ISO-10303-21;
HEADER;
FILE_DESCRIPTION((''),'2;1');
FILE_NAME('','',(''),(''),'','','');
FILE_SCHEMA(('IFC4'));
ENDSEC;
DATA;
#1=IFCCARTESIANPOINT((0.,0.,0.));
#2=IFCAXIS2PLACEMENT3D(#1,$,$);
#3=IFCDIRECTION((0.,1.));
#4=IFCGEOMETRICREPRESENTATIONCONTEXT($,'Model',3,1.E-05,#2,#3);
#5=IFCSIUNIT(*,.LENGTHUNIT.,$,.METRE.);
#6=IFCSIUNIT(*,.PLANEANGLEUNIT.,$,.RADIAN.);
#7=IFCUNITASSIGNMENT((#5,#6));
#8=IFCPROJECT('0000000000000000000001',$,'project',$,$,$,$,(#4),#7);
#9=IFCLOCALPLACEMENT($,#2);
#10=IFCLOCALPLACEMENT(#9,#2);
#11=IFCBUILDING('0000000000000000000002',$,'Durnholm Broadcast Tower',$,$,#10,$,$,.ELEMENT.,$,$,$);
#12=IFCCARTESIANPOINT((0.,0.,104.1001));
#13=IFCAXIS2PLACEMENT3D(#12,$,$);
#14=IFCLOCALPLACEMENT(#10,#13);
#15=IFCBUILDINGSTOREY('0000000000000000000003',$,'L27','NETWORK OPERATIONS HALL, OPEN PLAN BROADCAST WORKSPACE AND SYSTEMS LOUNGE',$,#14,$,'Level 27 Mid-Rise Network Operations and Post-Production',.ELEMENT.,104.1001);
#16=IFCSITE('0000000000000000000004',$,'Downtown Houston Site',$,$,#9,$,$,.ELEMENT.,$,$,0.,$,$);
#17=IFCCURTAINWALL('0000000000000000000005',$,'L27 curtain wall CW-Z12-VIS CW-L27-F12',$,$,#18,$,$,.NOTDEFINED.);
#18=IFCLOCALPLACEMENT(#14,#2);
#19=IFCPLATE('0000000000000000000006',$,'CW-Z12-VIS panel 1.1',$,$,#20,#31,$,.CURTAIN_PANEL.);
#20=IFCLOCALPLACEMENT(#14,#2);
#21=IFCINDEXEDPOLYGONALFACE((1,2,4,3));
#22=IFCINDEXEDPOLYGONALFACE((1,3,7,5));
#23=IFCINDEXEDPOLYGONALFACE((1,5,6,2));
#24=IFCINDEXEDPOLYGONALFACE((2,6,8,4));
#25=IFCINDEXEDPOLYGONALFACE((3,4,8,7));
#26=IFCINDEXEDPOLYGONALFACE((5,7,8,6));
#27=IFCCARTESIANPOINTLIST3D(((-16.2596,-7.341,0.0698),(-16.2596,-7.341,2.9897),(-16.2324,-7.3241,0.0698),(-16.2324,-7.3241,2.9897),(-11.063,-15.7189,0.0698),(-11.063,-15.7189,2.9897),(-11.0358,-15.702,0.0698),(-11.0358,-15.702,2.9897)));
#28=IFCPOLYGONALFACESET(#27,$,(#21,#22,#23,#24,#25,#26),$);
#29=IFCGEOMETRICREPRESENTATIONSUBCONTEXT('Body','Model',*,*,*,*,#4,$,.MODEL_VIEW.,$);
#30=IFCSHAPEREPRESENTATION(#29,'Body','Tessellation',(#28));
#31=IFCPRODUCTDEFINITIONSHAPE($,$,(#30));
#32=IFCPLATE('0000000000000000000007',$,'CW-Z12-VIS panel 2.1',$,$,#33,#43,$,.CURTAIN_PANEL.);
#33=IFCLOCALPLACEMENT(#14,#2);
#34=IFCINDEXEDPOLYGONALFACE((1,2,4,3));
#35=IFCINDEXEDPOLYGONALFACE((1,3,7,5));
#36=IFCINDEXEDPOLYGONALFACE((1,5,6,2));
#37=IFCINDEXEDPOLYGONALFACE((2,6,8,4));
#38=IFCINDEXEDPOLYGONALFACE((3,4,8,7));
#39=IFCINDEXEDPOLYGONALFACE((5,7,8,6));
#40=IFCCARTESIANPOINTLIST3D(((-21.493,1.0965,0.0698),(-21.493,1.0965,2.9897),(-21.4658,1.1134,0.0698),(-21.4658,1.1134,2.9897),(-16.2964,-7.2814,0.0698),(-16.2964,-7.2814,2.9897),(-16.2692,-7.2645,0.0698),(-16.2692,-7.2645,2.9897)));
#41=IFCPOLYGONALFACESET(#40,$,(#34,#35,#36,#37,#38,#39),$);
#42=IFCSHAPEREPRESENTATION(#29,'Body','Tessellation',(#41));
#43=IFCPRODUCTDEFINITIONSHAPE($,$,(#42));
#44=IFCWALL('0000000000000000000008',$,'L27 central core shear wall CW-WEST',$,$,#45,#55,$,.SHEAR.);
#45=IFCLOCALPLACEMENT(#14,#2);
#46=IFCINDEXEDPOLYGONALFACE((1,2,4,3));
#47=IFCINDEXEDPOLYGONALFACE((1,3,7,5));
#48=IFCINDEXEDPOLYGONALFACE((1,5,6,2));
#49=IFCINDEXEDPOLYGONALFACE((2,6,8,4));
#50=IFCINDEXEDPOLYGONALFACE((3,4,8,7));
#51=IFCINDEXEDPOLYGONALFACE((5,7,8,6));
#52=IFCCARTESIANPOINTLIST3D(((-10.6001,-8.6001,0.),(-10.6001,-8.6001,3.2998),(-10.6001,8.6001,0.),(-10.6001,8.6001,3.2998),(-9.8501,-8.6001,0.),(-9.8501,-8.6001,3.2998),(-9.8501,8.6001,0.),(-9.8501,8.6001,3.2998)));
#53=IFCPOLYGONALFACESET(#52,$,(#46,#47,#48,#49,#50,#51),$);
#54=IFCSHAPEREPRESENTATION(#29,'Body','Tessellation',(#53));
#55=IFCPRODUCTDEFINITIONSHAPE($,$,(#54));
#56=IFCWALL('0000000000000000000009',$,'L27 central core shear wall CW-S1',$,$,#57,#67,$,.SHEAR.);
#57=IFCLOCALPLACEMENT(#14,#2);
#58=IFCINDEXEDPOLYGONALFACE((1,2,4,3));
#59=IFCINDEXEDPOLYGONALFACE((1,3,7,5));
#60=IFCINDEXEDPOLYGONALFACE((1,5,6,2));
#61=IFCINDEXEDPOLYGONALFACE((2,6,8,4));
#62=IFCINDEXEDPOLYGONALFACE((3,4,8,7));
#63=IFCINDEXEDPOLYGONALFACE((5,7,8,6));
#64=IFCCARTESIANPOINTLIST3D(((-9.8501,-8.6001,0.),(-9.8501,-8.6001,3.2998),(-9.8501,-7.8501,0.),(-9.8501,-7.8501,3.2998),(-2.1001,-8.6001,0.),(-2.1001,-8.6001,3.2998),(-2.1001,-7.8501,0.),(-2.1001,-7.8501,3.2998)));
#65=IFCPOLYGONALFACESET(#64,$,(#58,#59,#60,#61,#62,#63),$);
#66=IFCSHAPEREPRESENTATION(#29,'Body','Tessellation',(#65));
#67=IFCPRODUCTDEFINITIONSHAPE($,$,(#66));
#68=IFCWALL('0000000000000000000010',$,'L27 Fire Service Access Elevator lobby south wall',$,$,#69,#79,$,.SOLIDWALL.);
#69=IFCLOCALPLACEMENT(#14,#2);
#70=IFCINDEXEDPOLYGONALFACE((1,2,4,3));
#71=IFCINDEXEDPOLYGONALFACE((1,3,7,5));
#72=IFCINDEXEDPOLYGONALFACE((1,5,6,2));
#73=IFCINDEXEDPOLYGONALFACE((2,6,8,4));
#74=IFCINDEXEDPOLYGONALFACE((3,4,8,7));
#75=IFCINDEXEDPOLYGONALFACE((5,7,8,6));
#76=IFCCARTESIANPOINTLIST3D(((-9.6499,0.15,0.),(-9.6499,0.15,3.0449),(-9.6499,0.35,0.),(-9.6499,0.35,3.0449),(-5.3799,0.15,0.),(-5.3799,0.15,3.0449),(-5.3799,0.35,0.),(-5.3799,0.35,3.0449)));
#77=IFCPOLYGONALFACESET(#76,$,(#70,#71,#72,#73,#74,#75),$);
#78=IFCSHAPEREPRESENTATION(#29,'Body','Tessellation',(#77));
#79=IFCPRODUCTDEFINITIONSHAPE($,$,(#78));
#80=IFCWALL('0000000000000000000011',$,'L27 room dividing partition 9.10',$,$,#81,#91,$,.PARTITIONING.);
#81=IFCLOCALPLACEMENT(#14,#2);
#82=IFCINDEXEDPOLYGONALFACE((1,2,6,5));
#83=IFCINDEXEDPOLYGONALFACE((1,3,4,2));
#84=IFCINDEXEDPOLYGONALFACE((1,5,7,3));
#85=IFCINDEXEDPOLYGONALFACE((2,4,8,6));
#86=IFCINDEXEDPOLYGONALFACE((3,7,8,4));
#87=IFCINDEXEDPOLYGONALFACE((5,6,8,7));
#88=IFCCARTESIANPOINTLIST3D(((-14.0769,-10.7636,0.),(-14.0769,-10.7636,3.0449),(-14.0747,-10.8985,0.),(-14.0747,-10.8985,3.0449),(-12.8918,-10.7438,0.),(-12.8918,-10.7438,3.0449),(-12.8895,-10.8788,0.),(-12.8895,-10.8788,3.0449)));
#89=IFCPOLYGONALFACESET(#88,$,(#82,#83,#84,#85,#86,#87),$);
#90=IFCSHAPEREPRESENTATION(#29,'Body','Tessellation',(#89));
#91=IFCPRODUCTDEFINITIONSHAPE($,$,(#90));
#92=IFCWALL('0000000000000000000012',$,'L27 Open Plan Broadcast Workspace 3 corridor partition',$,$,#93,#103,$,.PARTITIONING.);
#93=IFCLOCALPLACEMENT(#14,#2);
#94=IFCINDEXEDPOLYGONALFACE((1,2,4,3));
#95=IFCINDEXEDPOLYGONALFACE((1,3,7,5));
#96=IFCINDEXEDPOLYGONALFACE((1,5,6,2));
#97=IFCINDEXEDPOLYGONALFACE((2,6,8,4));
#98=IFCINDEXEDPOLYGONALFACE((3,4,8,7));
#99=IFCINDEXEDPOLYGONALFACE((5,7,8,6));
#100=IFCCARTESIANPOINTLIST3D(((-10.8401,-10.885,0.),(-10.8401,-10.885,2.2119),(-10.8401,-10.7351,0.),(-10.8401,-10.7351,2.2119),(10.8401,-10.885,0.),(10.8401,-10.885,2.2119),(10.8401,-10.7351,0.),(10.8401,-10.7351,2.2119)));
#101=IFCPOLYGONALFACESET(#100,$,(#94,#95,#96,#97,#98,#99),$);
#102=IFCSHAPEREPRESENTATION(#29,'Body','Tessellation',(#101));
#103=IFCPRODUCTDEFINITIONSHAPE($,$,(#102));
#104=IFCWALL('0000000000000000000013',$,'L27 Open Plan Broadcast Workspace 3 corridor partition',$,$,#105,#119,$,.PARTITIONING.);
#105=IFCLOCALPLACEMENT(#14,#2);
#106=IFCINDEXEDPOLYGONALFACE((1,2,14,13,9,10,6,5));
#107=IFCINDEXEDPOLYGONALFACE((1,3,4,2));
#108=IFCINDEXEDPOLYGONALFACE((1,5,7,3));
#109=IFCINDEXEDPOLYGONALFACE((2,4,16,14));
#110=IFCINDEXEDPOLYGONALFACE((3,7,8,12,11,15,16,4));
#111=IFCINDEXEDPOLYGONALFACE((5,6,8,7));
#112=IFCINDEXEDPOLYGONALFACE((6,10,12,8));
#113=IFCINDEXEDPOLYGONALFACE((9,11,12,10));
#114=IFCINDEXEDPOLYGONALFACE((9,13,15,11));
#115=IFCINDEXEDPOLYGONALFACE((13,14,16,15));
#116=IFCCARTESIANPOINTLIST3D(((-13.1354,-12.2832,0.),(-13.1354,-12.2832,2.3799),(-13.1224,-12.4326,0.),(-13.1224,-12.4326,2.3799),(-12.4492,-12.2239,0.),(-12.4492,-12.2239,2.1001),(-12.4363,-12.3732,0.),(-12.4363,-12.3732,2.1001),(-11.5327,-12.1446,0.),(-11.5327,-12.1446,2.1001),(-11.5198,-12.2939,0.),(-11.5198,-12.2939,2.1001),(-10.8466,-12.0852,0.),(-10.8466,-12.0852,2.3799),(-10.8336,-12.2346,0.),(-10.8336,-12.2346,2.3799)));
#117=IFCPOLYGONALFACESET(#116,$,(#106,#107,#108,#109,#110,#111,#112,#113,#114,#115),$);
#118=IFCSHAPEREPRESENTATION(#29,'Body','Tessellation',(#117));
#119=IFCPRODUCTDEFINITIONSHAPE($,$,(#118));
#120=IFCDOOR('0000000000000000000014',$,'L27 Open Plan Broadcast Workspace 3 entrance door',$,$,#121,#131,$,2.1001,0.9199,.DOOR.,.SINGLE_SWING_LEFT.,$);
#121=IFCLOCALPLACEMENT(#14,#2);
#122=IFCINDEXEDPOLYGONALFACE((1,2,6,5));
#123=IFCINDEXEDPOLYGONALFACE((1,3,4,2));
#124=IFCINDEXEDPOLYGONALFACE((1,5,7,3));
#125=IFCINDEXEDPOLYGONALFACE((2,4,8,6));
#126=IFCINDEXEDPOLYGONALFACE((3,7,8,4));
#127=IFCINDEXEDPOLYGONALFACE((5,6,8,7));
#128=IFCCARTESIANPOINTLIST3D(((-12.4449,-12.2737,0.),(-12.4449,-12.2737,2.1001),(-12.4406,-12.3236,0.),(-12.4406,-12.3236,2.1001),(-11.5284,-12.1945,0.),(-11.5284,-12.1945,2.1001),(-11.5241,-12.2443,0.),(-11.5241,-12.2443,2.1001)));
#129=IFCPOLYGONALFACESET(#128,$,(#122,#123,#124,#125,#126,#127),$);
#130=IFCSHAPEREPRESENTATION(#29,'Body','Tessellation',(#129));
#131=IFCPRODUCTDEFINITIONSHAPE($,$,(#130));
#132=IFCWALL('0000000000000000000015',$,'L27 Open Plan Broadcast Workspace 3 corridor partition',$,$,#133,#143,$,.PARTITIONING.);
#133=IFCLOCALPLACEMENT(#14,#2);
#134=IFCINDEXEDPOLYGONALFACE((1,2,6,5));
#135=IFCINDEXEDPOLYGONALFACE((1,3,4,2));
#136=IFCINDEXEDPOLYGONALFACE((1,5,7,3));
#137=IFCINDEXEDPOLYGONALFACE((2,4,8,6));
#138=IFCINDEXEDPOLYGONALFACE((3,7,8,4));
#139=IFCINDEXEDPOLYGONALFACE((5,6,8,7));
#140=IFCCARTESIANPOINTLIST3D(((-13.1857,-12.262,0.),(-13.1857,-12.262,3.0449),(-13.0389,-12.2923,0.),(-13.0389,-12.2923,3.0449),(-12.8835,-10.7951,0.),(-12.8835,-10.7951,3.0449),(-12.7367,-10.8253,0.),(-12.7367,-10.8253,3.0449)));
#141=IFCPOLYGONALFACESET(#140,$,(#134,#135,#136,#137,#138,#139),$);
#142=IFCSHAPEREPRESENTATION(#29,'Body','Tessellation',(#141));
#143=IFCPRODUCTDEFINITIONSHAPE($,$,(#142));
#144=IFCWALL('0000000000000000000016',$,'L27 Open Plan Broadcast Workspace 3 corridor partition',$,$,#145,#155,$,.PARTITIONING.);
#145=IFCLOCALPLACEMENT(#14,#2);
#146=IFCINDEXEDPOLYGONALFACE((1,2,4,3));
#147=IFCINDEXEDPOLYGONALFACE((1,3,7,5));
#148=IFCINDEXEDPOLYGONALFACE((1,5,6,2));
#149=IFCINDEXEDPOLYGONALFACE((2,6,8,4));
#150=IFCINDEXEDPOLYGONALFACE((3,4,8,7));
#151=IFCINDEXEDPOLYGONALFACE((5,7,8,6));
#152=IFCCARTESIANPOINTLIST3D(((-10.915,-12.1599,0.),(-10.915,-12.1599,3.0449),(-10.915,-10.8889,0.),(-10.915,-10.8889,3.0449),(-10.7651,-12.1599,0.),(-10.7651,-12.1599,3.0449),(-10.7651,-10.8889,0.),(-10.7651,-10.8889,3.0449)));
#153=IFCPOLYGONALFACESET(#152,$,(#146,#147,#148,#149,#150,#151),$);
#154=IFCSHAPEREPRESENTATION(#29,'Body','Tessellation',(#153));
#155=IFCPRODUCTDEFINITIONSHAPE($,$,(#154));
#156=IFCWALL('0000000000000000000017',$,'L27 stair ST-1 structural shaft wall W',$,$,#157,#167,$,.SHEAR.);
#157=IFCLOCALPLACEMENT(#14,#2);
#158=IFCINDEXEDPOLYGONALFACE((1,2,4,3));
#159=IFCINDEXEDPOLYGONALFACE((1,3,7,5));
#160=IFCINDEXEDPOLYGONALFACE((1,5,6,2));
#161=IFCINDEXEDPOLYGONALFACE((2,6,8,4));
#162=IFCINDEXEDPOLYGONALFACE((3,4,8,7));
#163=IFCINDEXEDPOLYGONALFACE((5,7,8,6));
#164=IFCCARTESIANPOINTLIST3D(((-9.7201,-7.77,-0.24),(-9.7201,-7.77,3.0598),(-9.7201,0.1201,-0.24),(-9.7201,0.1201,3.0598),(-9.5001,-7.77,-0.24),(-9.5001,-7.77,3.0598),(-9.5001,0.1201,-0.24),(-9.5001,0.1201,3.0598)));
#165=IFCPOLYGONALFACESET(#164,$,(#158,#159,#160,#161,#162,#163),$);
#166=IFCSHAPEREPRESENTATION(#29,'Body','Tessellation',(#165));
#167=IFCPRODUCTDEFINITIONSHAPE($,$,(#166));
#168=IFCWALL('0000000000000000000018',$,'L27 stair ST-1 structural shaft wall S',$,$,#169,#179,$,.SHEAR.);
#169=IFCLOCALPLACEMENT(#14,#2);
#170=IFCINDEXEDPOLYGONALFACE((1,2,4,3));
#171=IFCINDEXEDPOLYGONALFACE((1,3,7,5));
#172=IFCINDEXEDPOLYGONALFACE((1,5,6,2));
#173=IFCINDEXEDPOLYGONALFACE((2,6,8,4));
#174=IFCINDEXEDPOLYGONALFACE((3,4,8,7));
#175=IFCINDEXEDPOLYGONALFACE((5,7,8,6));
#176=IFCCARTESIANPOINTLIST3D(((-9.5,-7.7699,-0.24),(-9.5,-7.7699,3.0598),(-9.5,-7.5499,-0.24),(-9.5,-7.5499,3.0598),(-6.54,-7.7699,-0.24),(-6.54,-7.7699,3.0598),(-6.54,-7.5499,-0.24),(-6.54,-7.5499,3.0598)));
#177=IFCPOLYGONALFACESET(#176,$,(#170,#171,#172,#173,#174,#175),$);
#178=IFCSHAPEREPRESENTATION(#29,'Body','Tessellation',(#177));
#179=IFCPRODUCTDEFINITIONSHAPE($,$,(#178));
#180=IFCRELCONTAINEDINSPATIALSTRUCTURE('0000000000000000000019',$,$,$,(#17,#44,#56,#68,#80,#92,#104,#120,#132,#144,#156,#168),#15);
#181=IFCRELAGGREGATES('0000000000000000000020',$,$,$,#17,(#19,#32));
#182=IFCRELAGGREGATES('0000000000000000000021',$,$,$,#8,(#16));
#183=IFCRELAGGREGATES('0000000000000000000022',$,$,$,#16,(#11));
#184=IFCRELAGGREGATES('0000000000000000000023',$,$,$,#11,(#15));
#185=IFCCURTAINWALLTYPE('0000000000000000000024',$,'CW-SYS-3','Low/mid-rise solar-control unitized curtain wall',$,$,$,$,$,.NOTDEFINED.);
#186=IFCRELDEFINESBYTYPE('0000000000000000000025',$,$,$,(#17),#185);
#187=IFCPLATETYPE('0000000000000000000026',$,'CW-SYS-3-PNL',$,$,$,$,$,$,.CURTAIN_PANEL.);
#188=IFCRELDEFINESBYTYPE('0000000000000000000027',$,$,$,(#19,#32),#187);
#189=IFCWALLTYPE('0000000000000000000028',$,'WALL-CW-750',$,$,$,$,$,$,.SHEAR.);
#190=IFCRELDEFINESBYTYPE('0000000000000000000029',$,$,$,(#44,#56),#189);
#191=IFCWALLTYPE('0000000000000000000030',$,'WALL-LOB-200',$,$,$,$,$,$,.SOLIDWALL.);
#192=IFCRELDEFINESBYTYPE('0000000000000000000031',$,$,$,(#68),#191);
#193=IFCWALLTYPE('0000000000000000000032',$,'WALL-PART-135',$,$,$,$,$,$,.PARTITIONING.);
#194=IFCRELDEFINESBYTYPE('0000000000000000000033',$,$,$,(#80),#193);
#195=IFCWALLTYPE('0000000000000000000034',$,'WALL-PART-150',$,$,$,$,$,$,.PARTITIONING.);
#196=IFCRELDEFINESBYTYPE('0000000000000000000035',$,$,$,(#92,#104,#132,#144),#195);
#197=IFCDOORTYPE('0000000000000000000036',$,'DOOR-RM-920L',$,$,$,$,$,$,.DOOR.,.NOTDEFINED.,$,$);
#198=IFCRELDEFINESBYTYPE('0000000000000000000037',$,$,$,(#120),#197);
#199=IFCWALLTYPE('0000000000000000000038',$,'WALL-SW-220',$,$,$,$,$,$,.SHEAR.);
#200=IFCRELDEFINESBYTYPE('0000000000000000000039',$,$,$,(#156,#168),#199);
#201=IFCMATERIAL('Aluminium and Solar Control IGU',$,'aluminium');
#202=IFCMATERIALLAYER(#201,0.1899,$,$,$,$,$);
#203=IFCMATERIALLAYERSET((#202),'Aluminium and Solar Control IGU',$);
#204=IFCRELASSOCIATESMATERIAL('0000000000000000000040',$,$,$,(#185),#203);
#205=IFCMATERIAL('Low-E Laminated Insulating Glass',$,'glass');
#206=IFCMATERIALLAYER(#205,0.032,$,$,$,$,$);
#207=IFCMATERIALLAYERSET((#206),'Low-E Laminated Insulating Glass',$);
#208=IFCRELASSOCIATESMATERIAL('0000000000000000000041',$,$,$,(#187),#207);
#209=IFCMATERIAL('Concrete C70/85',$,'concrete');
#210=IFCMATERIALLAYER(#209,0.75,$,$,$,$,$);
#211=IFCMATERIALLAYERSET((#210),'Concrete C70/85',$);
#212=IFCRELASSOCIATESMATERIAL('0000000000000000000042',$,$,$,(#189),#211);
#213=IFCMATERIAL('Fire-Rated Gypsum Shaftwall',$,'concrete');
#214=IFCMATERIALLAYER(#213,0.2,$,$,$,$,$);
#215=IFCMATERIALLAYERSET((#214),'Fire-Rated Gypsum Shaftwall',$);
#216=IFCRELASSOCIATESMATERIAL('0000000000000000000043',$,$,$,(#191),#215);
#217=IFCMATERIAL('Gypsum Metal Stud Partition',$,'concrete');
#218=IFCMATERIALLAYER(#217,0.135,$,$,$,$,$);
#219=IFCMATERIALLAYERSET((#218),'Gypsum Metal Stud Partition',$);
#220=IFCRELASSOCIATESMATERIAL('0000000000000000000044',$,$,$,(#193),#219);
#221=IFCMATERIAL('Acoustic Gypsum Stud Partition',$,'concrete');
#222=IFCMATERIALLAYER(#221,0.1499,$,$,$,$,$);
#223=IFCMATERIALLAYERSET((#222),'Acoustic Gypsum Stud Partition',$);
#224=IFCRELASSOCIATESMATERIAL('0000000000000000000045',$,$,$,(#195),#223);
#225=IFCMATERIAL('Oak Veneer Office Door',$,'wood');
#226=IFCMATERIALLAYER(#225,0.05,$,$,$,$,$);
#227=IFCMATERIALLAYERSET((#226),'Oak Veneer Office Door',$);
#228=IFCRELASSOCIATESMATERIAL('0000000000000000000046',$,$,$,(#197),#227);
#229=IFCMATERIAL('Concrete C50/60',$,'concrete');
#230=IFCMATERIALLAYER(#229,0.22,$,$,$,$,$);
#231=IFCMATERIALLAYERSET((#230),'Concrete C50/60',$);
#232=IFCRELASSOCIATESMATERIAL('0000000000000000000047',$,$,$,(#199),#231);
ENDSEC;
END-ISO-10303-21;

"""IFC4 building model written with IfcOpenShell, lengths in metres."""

from ifc_helpers import new_model, si_unit, direction, frame, frame_2d, origin, origin_2d, place, context, subcontext, project, spatial, rectangle, extrude, source, transform, mapped, material, layer, layer_set, type_object, type_shapes, element, fill, aggregate, save


model = new_model("IFC4")

# Units and contexts
model_context = context("Model", 3, precision=1e-05, world=origin(), true_north=direction((0.0, 1.0)))
body_context = subcontext(model_context, "Body", "Model", "MODEL_VIEW")
ifc_project = project(units=[si_unit("LENGTHUNIT", "METRE"), si_unit("PLANEANGLEUNIT", "RADIAN")], contexts=[model_context])

# Site, building, storey
site_placement = place(None, origin())
site = spatial("IfcSite", under=ifc_project, at=site_placement, Name="Downtown Houston Site", CompositionType="ELEMENT", RefElevation=0.0)
building_placement = place(site_placement, origin())
building = spatial("IfcBuilding", under=site, at=building_placement, Name="Durnholm Broadcast Tower", CompositionType="ELEMENT")
storey_placement = place(building_placement, frame((0.0, 0.0, 104.1001)))
storey = spatial("IfcBuildingStorey", under=building, at=storey_placement, Name="L27", Description="NETWORK OPERATIONS HALL, OPEN PLAN BROADCAST WORKSPACE AND SYSTEMS LOUNGE", LongName="Level 27 Mid-Rise Network Operations and Post-Production", CompositionType="ELEMENT", Elevation=104.1001)

# Shared definitions
ifc_material_1 = material(Name="Concrete C70/85", Category="concrete")

# Shared definitions
ifc_material_2 = material(Name="Aluminium and Solar Control IGU", Category="aluminium")

# Curtain wall
ifc_layer_1 = layer(ifc_material_2, 0.1899)
ifc_layer_set_1 = layer_set([ifc_layer_1], Name="Aluminium and Solar Control IGU")
curtain_wall_type_1 = type_object("IfcCurtainWallType", Name="CW-SYS-3", Description="Low/mid-rise solar-control unitized curtain wall", PredefinedType="NOTDEFINED", material=ifc_layer_set_1)
curtain_wall_1_placement = place(storey_placement, origin())
curtain_wall_1 = element("IfcCurtainWall", 1, at=curtain_wall_1_placement, inside=storey, type_object=curtain_wall_type_1, Name="L27 curtain wall CW-Z12-VIS CW-L27-F12", PredefinedType="NOTDEFINED")

# Plates
ifc_material_3 = material(Name="Low-E Laminated Insulating Glass", Category="glass")
ifc_layer_2 = layer(ifc_material_3, 0.032)
ifc_layer_set_2 = layer_set([ifc_layer_2], Name="Low-E Laminated Insulating Glass")
plate_type_1 = type_object("IfcPlateType", Name="CW-SYS-3-PNL", PredefinedType="CURTAIN_PANEL", material=ifc_layer_set_2)
shared_shape_1 = source(origin(), body_context, "Body", "SweptSolid", [
    extrude(rectangle(XDim=9.8586, YDim=0.032, at=origin_2d()), origin(), (0.0, 0.0, 1.0), 2.9199),
])
type_shapes(plate_type_1, [shared_shape_1])
plate_1_placement = place(storey_placement, frame((-13.6477, -11.5215, 0.0698), z_axis=(0.0, 0.0, 1.0), x_axis=(-0.527105, 0.8498, 0.0)))
plate_1 = element("IfcPlate", 2, at=plate_1_placement, type_object=plate_type_1, Name="CW-Z12-VIS panel 1.1", PredefinedType="CURTAIN_PANEL", context=body_context, shape_type="MappedRepresentation", body=[
    mapped(shared_shape_1, transform((0.0, 0.0, 0.0), x_axis=(1.0, 0.0, 0.0), y_axis=(0.0, 1.0, 0.0), z_axis=(0.0, 0.0, 1.0), scale=1.0)),
])
plate_2_placement = place(storey_placement, frame((-18.8811, -3.084, 0.0698), z_axis=(0.0, 0.0, 1.0), x_axis=(-0.527105, 0.8498, 0.0)))
plate_2 = element("IfcPlate", 3, at=plate_2_placement, type_object=plate_type_1, Name="CW-Z12-VIS panel 2.1", PredefinedType="CURTAIN_PANEL", context=body_context, shape_type="MappedRepresentation", body=[
    mapped(shared_shape_1, transform((0.0, 0.0, 0.0), x_axis=(1.0, 0.0, 0.0), y_axis=(0.0, 1.0, 0.0), z_axis=(0.0, 0.0, 1.0), scale=1.0)),
])
aggregate(curtain_wall_1, [plate_1, plate_2])

# Walls
ifc_layer_3 = layer(ifc_material_1, 0.75)
ifc_layer_set_3 = layer_set([ifc_layer_3], Name="Concrete C70/85")
wall_type_1 = type_object("IfcWallType", Name="WALL-CW-750", PredefinedType="SHEAR", material=ifc_layer_set_3)
wall_1_placement = place(storey_placement, frame((-10.2251, -8.6001, 0.0), z_axis=(0.0, 0.0, 1.0), x_axis=(0.0, 1.0, 0.0)))
element("IfcWall", 4, at=wall_1_placement, inside=storey, type_object=wall_type_1, Name="L27 central core shear wall CW-WEST", PredefinedType="SHEAR", context=body_context, shape_type="SweptSolid", body=[
    extrude(rectangle(XDim=17.2002, YDim=0.75, at=frame_2d((8.6001, 0.0))), origin(), (0.0, 0.0, 1.0), 3.2998),
])
wall_2_placement = place(storey_placement, frame((-9.8501, -8.2251, 0.0), z_axis=(0.0, 0.0, 1.0), x_axis=(1.0, 0.0, 0.0)))
element("IfcWall", 5, at=wall_2_placement, inside=storey, type_object=wall_type_1, Name="L27 central core shear wall CW-S1", PredefinedType="SHEAR", context=body_context, shape_type="SweptSolid", body=[
    extrude(rectangle(XDim=7.75, YDim=0.75, at=frame_2d((3.875, 0.0))), origin(), (0.0, 0.0, 1.0), 3.2998),
])
ifc_material_4 = material(Name="Fire-Rated Gypsum Shaftwall", Category="concrete")
ifc_layer_4 = layer(ifc_material_4, 0.2)
ifc_layer_set_4 = layer_set([ifc_layer_4], Name="Fire-Rated Gypsum Shaftwall")
wall_type_2 = type_object("IfcWallType", Name="WALL-LOB-200", PredefinedType="SOLIDWALL", material=ifc_layer_set_4)
wall_3_placement = place(storey_placement, frame((-9.6499, 0.25, 0.0), z_axis=(0.0, 0.0, 1.0), x_axis=(1.0, 0.0, 0.0)))
element("IfcWall", 6, at=wall_3_placement, inside=storey, type_object=wall_type_2, Name="L27 Fire Service Access Elevator lobby south wall", PredefinedType="SOLIDWALL", context=body_context, shape_type="SweptSolid", body=[
    extrude(rectangle(XDim=4.27, YDim=0.2, at=frame_2d((2.135, 0.0))), origin(), (0.0, 0.0, 1.0), 3.0449),
])
ifc_material_5 = material(Name="Gypsum Metal Stud Partition", Category="concrete")
ifc_layer_5 = layer(ifc_material_5, 0.135)
ifc_layer_set_5 = layer_set([ifc_layer_5], Name="Gypsum Metal Stud Partition")
wall_type_3 = type_object("IfcWallType", Name="WALL-PART-135", PredefinedType="PARTITIONING", material=ifc_layer_set_5)
wall_4_placement = place(storey_placement, frame((-14.0759, -10.8311, 0.0), z_axis=(0.0, 0.0, 1.0), x_axis=(0.999861, 0.016685, 0.0)))
element("IfcWall", 7, at=wall_4_placement, inside=storey, type_object=wall_type_3, Name="L27 room dividing partition 9.10", PredefinedType="PARTITIONING", context=body_context, shape_type="SweptSolid", body=[
    extrude(rectangle(XDim=1.1853, YDim=0.135, at=frame_2d((0.5928, 0.0))), origin(), (0.0, 0.0, 1.0), 3.0449),
])
ifc_material_6 = material(Name="Acoustic Gypsum Stud Partition", Category="concrete")
ifc_layer_6 = layer(ifc_material_6, 0.1499)
ifc_layer_set_6 = layer_set([ifc_layer_6], Name="Acoustic Gypsum Stud Partition")
wall_type_4 = type_object("IfcWallType", Name="WALL-PART-150", PredefinedType="PARTITIONING", material=ifc_layer_set_6)
wall_5_placement = place(storey_placement, frame((-10.8401, -10.8101, 0.0), z_axis=(0.0, 0.0, 1.0), x_axis=(1.0, 0.0, 0.0)))
element("IfcWall", 8, at=wall_5_placement, inside=storey, type_object=wall_type_4, Name="L27 Open Plan Broadcast Workspace 3 corridor partition", PredefinedType="PARTITIONING", context=body_context, shape_type="SweptSolid", body=[
    extrude(rectangle(XDim=21.6802, YDim=0.1499, at=frame_2d((10.8401, 0.0))), origin(), (0.0, 0.0, 1.0), 2.2119),
])

# Wall, opening, door
wall_6_placement = place(storey_placement, frame((-13.1289, -12.3579, 0.0), z_axis=(0.0, 0.0, 1.0), x_axis=(0.996279, 0.086185, 0.0)))
wall_6 = element("IfcWall", 9, at=wall_6_placement, inside=storey, type_object=wall_type_4, Name="L27 Open Plan Broadcast Workspace 3 corridor partition", PredefinedType="PARTITIONING", context=body_context, shape_type="SweptSolid", body=[
    extrude(rectangle(XDim=2.2974, YDim=0.1499, at=frame_2d((1.1487, 0.0))), origin(), (0.0, 0.0, 1.0), 2.3799),
])
opening_placement = place(wall_6_placement, frame((0.6887, 0.0, 0.0)))
opening = element("IfcOpeningElement", 10, at=opening_placement, cuts=wall_6, PredefinedType="OPENING", context=body_context, shape_type="SweptSolid", body=[
    extrude(rectangle(XDim=0.9199, YDim=2.1001, at=frame_2d((0.46, 1.05))), frame((0.0, 0.085, 0.0), z_axis=(0.0, -1.0, 0.0), x_axis=(1.0, 0.0, 0.0)), (0.0, 0.0, 1.0), 0.1699),
])
ifc_material_7 = material(Name="Oak Veneer Office Door", Category="wood")
ifc_layer_7 = layer(ifc_material_7, 0.05)
ifc_layer_set_7 = layer_set([ifc_layer_7], Name="Oak Veneer Office Door")
door_type = type_object("IfcDoorType", Name="DOOR-RM-920L", OperationType="NOTDEFINED", PredefinedType="DOOR", material=ifc_layer_set_7)
shared_shape_2 = source(origin(), body_context, "Body", "SweptSolid", [
    extrude(rectangle(XDim=0.9199, YDim=2.1001, at=frame_2d((0.46, 1.05))), frame((0.0, 0.0249, 0.0), z_axis=(0.0, -1.0, 0.0), x_axis=(1.0, 0.0, 0.0)), (0.0, 0.0, 1.0), 0.05),
])
type_shapes(door_type, [shared_shape_2])
door_placement = place(opening_placement, origin())
door = element("IfcDoor", 11, at=door_placement, inside=storey, type_object=door_type, Name="L27 Open Plan Broadcast Workspace 3 entrance door", OperationType="SINGLE_SWING_LEFT", OverallHeight=2.1001, OverallWidth=0.9199, PredefinedType="DOOR", context=body_context, shape_type="MappedRepresentation", body=[
    mapped(shared_shape_2, transform((0.0, 0.0, 0.0), x_axis=(1.0, 0.0, 0.0), y_axis=(0.0, 1.0, 0.0), z_axis=(0.0, 0.0, 1.0), scale=1.0)),
])
fill(opening, door)

# Walls
wall_7_placement = place(storey_placement, frame((-12.8101, -10.8101, 0.0), z_axis=(0.0, 0.0, 1.0), x_axis=(-0.201786, -0.97943, 0.0)))
element("IfcWall", 12, at=wall_7_placement, inside=storey, type_object=wall_type_4, Name="L27 Open Plan Broadcast Workspace 3 corridor partition", PredefinedType="PARTITIONING", context=body_context, shape_type="SweptSolid", body=[
    extrude(rectangle(XDim=1.4978, YDim=0.1499, at=frame_2d((0.749, 0.0))), origin(), (0.0, 0.0, 1.0), 3.0449),
])
wall_8_placement = place(storey_placement, frame((-10.8401, -12.1599, 0.0), z_axis=(0.0, 0.0, 1.0), x_axis=(0.0, 1.0, 0.0)))
element("IfcWall", 13, at=wall_8_placement, inside=storey, type_object=wall_type_4, Name="L27 Open Plan Broadcast Workspace 3 corridor partition", PredefinedType="PARTITIONING", context=body_context, shape_type="SweptSolid", body=[
    extrude(rectangle(XDim=1.271, YDim=0.1499, at=frame_2d((0.6355, 0.0))), origin(), (0.0, 0.0, 1.0), 3.0449),
])
ifc_material_8 = material(Name="Concrete C50/60", Category="concrete")
ifc_layer_8 = layer(ifc_material_8, 0.22)
ifc_layer_set_8 = layer_set([ifc_layer_8], Name="Concrete C50/60")
wall_type_5 = type_object("IfcWallType", Name="WALL-SW-220", PredefinedType="SHEAR", material=ifc_layer_set_8)
wall_9_placement = place(storey_placement, frame((-9.6101, 0.1201, -0.24), z_axis=(0.0, 0.0, 1.0), x_axis=(0.0, -1.0, 0.0)))
element("IfcWall", 14, at=wall_9_placement, inside=storey, type_object=wall_type_5, Name="L27 stair ST-1 structural shaft wall W", PredefinedType="SHEAR", context=body_context, shape_type="SweptSolid", body=[
    extrude(rectangle(XDim=7.8901, YDim=0.22, at=frame_2d((3.9451, 0.0))), origin(), (0.0, 0.0, 1.0), 3.2998),
])
wall_10_placement = place(storey_placement, frame((-9.5, -7.6599, -0.24), z_axis=(0.0, 0.0, 1.0), x_axis=(1.0, 0.0, 0.0)))
element("IfcWall", 15, at=wall_10_placement, inside=storey, type_object=wall_type_5, Name="L27 stair ST-1 structural shaft wall S", PredefinedType="SHEAR", context=body_context, shape_type="SweptSolid", body=[
    extrude(rectangle(XDim=2.96, YDim=0.22, at=frame_2d((1.48, 0.0))), origin(), (0.0, 0.0, 1.0), 3.2998),
])

save(model, "model.ifc")
